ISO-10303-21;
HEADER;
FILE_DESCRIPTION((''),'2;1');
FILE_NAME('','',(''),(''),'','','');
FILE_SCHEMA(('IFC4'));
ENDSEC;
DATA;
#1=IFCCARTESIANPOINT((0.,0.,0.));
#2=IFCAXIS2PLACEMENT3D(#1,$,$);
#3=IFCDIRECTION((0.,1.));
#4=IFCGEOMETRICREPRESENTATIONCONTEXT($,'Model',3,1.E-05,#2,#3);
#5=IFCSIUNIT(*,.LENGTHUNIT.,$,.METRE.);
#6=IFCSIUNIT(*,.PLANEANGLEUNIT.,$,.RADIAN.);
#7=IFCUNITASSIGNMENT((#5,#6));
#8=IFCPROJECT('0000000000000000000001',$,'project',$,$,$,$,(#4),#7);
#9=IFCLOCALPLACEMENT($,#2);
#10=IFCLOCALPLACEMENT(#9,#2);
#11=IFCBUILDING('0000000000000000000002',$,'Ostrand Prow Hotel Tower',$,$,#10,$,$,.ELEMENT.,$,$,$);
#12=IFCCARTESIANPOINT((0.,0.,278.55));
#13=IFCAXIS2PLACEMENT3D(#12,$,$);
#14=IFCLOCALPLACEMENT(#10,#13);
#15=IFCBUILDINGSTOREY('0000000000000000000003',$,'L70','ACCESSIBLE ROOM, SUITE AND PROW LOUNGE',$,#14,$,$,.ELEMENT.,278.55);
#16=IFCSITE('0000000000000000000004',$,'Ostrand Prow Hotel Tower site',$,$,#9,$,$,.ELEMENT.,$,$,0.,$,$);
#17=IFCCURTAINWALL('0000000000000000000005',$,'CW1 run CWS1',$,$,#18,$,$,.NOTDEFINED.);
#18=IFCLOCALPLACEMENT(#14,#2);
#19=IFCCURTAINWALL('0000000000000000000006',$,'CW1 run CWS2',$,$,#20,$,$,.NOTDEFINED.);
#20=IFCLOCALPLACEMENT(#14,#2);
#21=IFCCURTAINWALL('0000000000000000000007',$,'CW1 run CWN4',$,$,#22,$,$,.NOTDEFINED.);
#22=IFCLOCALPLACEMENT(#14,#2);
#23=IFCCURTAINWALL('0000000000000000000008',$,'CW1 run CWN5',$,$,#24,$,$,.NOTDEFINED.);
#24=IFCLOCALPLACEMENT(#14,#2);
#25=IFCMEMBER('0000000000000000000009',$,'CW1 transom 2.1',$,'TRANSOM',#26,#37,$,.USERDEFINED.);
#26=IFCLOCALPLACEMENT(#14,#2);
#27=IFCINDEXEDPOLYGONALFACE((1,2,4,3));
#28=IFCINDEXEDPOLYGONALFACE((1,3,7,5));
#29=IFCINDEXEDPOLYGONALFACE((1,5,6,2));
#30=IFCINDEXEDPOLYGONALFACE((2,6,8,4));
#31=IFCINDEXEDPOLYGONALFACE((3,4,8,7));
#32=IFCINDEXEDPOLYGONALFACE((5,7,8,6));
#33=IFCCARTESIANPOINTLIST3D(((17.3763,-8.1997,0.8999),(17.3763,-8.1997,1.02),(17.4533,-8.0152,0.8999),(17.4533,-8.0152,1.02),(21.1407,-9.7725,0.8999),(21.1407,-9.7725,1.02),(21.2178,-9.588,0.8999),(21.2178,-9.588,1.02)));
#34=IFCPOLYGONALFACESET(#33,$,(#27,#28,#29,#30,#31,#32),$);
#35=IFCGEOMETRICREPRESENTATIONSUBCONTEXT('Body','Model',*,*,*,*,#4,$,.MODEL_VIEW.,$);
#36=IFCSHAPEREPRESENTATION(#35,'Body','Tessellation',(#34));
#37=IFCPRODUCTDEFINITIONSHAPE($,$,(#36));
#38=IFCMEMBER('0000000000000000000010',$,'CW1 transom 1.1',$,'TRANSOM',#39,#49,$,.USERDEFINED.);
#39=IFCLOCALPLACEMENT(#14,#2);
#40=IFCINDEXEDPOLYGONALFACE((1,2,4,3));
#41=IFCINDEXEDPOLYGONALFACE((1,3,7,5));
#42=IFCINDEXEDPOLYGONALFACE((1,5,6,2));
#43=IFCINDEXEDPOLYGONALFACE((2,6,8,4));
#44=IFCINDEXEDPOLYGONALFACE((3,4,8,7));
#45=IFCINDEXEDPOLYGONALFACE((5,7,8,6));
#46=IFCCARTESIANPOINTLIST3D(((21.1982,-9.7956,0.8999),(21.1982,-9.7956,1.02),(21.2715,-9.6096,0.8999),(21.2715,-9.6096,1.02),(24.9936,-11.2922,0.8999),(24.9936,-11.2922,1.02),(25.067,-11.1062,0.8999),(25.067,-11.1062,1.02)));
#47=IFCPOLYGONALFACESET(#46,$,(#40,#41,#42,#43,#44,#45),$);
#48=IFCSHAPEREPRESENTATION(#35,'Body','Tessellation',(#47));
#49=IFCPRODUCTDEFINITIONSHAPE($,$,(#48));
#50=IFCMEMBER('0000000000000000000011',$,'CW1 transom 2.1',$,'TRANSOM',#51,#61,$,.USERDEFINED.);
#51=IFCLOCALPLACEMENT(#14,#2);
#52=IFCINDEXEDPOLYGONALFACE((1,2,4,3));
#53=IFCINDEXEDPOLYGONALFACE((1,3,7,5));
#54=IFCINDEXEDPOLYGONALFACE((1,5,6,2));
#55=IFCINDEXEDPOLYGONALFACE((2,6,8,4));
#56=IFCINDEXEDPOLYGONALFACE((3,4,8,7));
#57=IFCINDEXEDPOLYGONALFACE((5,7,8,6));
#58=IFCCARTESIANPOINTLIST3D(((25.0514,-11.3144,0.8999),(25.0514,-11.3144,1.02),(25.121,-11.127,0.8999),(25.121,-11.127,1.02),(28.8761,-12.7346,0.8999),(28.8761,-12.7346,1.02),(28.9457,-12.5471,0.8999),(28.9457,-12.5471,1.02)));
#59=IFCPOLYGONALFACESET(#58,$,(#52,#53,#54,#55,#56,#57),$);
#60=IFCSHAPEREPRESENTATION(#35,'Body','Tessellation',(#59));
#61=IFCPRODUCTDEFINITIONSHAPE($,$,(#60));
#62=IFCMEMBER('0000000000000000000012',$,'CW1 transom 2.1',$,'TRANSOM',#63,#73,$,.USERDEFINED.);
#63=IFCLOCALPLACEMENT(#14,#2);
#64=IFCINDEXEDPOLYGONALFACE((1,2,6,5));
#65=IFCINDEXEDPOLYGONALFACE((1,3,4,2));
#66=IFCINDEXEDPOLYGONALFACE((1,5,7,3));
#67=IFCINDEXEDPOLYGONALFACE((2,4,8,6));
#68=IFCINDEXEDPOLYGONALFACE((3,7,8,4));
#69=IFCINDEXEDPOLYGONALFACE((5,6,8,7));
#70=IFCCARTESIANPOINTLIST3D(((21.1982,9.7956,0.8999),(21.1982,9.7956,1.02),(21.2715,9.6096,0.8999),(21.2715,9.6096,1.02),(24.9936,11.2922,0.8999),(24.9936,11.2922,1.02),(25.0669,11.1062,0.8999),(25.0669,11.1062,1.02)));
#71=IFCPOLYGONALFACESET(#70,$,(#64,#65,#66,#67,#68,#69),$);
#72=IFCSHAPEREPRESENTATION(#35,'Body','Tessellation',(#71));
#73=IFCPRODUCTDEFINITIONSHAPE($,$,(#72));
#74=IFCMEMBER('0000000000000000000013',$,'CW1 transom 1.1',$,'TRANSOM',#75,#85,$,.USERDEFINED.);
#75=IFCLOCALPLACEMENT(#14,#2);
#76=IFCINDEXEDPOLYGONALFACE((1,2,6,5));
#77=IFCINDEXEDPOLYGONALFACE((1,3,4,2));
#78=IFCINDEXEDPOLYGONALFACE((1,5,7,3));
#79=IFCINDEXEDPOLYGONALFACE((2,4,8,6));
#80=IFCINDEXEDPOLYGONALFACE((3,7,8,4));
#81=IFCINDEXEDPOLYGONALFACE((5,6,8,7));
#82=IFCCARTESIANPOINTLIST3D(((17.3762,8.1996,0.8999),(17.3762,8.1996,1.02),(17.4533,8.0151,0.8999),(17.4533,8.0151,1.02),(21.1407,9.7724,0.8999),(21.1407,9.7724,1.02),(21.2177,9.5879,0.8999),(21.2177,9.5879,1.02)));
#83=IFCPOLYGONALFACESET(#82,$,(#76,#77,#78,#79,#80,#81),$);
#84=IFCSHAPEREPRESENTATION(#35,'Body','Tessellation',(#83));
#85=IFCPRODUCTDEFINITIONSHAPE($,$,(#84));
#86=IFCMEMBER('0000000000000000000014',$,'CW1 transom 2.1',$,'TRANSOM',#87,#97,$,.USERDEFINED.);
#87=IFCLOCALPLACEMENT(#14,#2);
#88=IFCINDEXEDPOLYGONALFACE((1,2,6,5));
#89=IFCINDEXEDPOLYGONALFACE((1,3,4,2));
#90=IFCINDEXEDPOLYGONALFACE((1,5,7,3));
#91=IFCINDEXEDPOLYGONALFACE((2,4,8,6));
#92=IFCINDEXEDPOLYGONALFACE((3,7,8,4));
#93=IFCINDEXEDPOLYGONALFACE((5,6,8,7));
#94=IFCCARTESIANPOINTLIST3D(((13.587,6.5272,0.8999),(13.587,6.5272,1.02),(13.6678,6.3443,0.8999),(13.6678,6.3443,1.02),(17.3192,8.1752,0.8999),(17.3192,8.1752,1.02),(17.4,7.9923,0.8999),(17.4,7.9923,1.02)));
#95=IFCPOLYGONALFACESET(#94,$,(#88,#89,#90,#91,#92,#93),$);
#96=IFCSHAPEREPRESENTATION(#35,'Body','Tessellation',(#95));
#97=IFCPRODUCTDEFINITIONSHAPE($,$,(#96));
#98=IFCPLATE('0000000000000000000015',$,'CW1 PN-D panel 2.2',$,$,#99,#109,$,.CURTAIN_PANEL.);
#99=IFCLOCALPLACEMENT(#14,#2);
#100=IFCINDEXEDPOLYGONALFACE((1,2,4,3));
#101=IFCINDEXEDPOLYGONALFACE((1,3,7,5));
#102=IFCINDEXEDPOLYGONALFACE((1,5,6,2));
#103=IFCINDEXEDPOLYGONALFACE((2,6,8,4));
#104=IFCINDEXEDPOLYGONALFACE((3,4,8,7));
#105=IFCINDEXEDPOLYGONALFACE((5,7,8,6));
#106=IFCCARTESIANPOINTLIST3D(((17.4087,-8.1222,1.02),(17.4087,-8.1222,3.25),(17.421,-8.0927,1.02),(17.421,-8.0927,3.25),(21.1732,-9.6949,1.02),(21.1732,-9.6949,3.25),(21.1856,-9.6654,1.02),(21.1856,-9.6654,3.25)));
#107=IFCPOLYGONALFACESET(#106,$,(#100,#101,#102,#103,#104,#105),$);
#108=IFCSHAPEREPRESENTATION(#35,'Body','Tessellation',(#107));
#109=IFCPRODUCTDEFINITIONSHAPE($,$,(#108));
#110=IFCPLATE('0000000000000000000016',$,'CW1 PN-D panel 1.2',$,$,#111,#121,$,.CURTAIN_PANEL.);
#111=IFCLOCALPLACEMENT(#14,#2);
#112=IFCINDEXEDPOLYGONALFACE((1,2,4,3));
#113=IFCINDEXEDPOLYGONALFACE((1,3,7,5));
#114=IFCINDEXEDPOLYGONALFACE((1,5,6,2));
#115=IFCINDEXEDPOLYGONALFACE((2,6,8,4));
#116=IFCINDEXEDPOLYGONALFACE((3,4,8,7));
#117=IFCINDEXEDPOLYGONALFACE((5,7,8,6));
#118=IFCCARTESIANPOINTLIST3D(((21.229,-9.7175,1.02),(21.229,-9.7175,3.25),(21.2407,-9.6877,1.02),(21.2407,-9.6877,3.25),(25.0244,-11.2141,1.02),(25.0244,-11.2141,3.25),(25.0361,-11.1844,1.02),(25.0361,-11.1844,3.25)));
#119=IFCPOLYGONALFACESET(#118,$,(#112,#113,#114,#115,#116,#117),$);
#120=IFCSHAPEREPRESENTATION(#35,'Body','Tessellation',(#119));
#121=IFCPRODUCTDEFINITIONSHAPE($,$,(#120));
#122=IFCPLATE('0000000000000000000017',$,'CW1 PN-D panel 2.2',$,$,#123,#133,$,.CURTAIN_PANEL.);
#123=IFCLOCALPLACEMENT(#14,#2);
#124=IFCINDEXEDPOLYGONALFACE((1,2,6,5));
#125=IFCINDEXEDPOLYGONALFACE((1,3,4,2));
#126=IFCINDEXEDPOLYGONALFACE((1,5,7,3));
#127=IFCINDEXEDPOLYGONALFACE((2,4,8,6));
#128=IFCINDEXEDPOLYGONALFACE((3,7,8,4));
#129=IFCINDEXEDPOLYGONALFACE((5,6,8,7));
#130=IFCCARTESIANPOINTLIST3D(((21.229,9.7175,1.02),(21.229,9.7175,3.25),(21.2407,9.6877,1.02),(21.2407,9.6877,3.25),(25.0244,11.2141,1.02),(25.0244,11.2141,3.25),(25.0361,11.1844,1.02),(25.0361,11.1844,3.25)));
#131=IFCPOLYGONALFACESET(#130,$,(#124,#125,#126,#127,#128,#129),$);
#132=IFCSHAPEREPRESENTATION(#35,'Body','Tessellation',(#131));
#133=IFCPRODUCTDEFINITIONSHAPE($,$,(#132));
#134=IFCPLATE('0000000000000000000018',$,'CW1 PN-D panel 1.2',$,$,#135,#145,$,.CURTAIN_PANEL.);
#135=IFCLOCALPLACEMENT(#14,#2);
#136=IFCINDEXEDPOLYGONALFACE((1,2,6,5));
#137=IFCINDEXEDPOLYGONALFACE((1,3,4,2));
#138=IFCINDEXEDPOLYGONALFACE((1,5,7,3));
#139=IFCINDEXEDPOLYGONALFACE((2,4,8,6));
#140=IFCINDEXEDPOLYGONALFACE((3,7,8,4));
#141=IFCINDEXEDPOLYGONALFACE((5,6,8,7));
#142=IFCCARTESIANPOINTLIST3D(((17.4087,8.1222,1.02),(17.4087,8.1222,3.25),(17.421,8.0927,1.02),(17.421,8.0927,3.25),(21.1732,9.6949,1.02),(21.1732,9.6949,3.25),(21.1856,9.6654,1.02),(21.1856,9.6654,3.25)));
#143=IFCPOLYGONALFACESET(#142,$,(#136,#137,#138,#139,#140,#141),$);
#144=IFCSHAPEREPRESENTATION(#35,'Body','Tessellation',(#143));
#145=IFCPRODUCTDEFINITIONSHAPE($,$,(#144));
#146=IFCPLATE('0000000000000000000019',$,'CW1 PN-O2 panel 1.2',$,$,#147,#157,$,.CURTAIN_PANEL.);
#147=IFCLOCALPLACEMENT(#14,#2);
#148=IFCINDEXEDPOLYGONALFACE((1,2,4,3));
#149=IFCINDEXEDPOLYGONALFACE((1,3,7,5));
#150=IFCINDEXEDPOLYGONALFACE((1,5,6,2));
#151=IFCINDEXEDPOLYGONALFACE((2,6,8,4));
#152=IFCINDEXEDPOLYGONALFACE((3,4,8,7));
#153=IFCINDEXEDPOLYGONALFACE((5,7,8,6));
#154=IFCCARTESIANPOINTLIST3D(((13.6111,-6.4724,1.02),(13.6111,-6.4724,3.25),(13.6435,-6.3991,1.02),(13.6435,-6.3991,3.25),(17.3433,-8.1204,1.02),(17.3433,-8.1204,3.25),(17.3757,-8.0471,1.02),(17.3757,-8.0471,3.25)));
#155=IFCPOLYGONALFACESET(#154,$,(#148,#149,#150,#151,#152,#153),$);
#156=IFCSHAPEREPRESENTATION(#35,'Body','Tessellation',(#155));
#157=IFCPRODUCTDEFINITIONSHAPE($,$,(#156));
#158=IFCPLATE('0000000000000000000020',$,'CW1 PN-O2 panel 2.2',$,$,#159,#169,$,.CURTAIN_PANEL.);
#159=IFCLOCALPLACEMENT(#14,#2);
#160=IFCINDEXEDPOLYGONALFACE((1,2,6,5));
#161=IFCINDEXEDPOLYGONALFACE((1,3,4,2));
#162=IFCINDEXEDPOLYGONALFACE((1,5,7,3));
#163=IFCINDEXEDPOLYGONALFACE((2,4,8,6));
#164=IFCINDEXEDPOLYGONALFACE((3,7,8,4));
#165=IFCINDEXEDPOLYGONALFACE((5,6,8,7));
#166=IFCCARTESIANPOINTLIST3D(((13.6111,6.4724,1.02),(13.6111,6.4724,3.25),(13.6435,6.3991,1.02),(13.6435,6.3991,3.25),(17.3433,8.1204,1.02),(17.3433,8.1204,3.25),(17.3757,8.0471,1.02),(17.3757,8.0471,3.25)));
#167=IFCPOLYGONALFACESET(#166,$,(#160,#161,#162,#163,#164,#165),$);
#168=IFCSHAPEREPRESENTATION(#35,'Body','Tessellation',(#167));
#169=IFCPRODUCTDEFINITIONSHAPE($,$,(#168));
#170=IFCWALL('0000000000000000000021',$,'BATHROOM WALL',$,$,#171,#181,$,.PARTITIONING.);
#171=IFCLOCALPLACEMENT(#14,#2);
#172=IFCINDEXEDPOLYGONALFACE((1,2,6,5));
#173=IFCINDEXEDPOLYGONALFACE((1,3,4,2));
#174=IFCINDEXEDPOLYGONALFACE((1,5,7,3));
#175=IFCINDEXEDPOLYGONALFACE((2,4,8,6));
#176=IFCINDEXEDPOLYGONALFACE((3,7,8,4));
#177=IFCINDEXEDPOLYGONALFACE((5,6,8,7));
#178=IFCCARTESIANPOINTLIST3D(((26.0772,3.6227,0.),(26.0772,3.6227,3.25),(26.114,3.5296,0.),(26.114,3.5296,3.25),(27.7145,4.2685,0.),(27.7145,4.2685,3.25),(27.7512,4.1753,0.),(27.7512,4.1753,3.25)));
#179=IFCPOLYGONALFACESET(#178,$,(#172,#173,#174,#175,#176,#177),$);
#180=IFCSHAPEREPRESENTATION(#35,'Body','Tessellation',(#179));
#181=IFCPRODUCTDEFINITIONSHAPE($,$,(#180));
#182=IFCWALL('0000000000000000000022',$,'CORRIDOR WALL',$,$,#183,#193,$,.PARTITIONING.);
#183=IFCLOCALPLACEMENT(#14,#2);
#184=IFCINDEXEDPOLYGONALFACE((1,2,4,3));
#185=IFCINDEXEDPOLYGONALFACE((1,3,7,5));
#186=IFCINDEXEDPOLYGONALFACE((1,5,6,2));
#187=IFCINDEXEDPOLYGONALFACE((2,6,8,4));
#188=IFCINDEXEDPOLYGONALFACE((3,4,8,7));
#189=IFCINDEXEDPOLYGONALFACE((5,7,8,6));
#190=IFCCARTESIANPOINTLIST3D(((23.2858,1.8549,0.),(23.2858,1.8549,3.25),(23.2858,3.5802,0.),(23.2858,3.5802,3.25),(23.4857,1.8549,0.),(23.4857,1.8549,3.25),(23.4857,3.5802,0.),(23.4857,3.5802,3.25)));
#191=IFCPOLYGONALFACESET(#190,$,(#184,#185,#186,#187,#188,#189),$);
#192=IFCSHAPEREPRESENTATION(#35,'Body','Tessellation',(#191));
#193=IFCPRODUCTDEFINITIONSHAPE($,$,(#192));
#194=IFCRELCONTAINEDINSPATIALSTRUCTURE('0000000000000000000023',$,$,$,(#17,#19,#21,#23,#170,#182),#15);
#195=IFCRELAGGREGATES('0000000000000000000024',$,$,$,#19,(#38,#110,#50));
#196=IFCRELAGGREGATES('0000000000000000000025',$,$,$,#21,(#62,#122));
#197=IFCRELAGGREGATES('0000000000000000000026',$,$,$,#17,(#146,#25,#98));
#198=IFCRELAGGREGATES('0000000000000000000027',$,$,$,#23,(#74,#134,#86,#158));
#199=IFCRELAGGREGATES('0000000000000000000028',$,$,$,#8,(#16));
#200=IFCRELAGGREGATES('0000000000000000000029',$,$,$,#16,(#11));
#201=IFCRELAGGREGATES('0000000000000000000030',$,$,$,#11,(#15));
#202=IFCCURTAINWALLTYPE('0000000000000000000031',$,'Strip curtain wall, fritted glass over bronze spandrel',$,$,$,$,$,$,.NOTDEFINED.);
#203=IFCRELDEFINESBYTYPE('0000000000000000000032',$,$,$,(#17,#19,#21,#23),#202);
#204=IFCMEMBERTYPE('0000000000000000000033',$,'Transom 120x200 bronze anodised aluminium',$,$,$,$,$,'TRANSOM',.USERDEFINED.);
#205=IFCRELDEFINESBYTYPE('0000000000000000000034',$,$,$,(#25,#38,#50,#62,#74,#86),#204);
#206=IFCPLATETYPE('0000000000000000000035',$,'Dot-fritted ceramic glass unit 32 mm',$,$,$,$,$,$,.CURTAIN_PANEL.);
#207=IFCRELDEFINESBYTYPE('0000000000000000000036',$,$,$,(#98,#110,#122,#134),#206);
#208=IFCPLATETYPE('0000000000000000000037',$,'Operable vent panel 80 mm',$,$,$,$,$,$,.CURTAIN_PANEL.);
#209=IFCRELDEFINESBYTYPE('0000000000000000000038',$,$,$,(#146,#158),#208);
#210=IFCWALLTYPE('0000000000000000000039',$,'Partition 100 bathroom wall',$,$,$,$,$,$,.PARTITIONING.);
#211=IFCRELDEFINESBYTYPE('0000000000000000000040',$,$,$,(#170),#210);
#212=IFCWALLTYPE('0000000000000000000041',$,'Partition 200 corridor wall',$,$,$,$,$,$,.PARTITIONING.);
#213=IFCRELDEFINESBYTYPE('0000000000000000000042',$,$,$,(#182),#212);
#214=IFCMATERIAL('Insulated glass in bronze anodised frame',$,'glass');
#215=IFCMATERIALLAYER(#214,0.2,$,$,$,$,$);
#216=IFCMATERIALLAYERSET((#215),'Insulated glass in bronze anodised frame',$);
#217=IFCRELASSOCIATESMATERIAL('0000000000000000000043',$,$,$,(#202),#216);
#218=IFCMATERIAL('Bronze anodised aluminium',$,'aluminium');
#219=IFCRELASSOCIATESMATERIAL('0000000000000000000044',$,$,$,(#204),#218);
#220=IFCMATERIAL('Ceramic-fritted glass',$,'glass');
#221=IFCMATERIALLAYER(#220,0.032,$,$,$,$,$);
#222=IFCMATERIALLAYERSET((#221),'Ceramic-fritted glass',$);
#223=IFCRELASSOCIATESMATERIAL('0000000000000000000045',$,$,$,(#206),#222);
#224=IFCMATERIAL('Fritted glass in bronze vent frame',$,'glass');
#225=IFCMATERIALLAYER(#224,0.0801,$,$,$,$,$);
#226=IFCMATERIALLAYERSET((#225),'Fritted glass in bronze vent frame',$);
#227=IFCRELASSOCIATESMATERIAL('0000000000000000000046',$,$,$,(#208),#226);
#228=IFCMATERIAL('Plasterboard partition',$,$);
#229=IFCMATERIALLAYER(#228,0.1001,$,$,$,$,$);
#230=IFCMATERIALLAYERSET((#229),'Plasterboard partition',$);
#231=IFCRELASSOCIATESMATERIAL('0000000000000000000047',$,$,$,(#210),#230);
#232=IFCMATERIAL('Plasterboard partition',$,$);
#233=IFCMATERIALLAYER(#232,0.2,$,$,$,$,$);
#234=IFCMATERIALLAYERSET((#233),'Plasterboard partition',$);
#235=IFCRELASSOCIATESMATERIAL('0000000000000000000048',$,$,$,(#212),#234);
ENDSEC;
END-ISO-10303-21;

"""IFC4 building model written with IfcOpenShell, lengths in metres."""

from ifc_helpers import new_model, si_unit, direction, frame, frame_2d, origin, origin_2d, place, context, subcontext, project, spatial, rectangle, extrude, material, layer, layer_set, material_profile, profile_set, type_object, element, aggregate, save


model = new_model("IFC4")

# Units and contexts
model_context = context("Model", 3, precision=1e-05, world=origin(), true_north=direction((0.0, 1.0)))
body_context = subcontext(model_context, "Body", "Model", "MODEL_VIEW")
ifc_project = project(units=[si_unit("LENGTHUNIT", "METRE"), si_unit("PLANEANGLEUNIT", "RADIAN")], contexts=[model_context])

# Site, building, storey
site_placement = place(None, origin())
site = spatial("IfcSite", under=ifc_project, at=site_placement, Name="Ostrand Prow Hotel Tower site", CompositionType="ELEMENT", RefElevation=0.0)
building_placement = place(site_placement, origin())
building = spatial("IfcBuilding", under=site, at=building_placement, Name="Ostrand Prow Hotel Tower", CompositionType="ELEMENT")
storey_placement = place(building_placement, frame((0.0, 0.0, 278.55)))
storey = spatial("IfcBuildingStorey", under=building, at=storey_placement, Name="L70", Description="ACCESSIBLE ROOM, SUITE AND PROW LOUNGE", CompositionType="ELEMENT", Elevation=278.55)

# Curtain wall
ifc_material_1 = material(Name="Insulated glass in bronze anodised frame", Category="glass")
ifc_layer_1 = layer(ifc_material_1, 0.2)
ifc_layer_set_1 = layer_set([ifc_layer_1], Name="Insulated glass in bronze anodised frame")
curtain_wall_type = type_object("IfcCurtainWallType", Name="Strip curtain wall, fritted glass over bronze spandrel", PredefinedType="NOTDEFINED", material=ifc_layer_set_1)
curtain_wall_1_placement = place(storey_placement, origin())
curtain_wall_1 = element("IfcCurtainWall", 1, at=curtain_wall_1_placement, inside=storey, type_object=curtain_wall_type, Name="CW1 run CWS1", PredefinedType="NOTDEFINED")

# Curtain wall
curtain_wall_2_placement = place(storey_placement, origin())
curtain_wall_2 = element("IfcCurtainWall", 2, at=curtain_wall_2_placement, inside=storey, type_object=curtain_wall_type, Name="CW1 run CWS2", PredefinedType="NOTDEFINED")

# Curtain wall
curtain_wall_3_placement = place(storey_placement, origin())
curtain_wall_3 = element("IfcCurtainWall", 3, at=curtain_wall_3_placement, inside=storey, type_object=curtain_wall_type, Name="CW1 run CWN4", PredefinedType="NOTDEFINED")

# Curtain wall
curtain_wall_4_placement = place(storey_placement, origin())
curtain_wall_4 = element("IfcCurtainWall", 4, at=curtain_wall_4_placement, inside=storey, type_object=curtain_wall_type, Name="CW1 run CWN5", PredefinedType="NOTDEFINED")

# Members
ifc_material_2 = material(Name="Bronze anodised aluminium", Category="aluminium")
ifc_material_profile_1 = material_profile(ifc_material_2, rectangle(XDim=0.2, YDim=0.1201, at=origin_2d()), Name="Transom 120x200 bronze anodised aluminium")
ifc_profile_set_1 = profile_set([ifc_material_profile_1], Name="Bronze anodised aluminium")
member_type_1 = type_object("IfcMemberType", Name="Transom 120x200 bronze anodised aluminium", ElementType="TRANSOM", PredefinedType="USERDEFINED", material=ifc_profile_set_1)
member_1_placement = place(storey_placement, frame((17.4148, -8.1074, 0.96), z_axis=(0.922706, -0.385503, 0.0), x_axis=(0.385503, 0.922706, 0.0)))
member_1 = element("IfcMember", 5, at=member_1_placement, type_object=member_type_1, Name="CW1 transom 2.1", ObjectType="TRANSOM", PredefinedType="USERDEFINED", context=body_context, shape_type="SweptSolid", body=[
    extrude(rectangle(XDim=0.2, YDim=0.1201, at=origin_2d()), origin(), (0.0, 0.0, 1.0), 4.0798),
])
member_2_placement = place(storey_placement, frame((21.2349, -9.7026, 0.96), z_axis=(0.93029, -0.366826, 0.0), x_axis=(0.366826, 0.93029, 0.0)))
member_2 = element("IfcMember", 6, at=member_2_placement, type_object=member_type_1, Name="CW1 transom 1.1", ObjectType="TRANSOM", PredefinedType="USERDEFINED", context=body_context, shape_type="SweptSolid", body=[
    extrude(rectangle(XDim=0.2, YDim=0.1201, at=origin_2d()), origin(), (0.0, 0.0, 1.0), 4.0798),
])
member_3_placement = place(storey_placement, frame((25.0862, -11.2207, 0.96), z_axis=(0.93746, -0.348092, 0.0), x_axis=(0.348092, 0.93746, 0.0)))
member_3 = element("IfcMember", 7, at=member_3_placement, type_object=member_type_1, Name="CW1 transom 2.1", ObjectType="TRANSOM", PredefinedType="USERDEFINED", context=body_context, shape_type="SweptSolid", body=[
    extrude(rectangle(XDim=0.2, YDim=0.1201, at=origin_2d()), origin(), (0.0, 0.0, 1.0), 4.0798),
])
member_4_placement = place(storey_placement, frame((25.0303, 11.1992, 0.96), z_axis=(-0.93029, -0.366826, 0.0), x_axis=(0.366826, -0.93029, 0.0)))
member_4 = element("IfcMember", 8, at=member_4_placement, type_object=member_type_1, Name="CW1 transom 2.1", ObjectType="TRANSOM", PredefinedType="USERDEFINED", context=body_context, shape_type="SweptSolid", body=[
    extrude(rectangle(XDim=0.2, YDim=0.1201, at=origin_2d()), origin(), (0.0, 0.0, 1.0), 4.0798),
])
member_5_placement = place(storey_placement, frame((21.1792, 9.6802, 0.96), z_axis=(-0.922706, -0.385503, 0.0), x_axis=(0.385503, -0.922706, 0.0)))
member_5 = element("IfcMember", 9, at=member_5_placement, type_object=member_type_1, Name="CW1 transom 1.1", ObjectType="TRANSOM", PredefinedType="USERDEFINED", context=body_context, shape_type="SweptSolid", body=[
    extrude(rectangle(XDim=0.2, YDim=0.1201, at=origin_2d()), origin(), (0.0, 0.0, 1.0), 4.0798),
])
member_6_placement = place(storey_placement, frame((17.3596, 8.0837, 0.96), z_axis=(-0.914791, -0.403927, 0.0), x_axis=(0.403927, -0.914791, 0.0)))
member_6 = element("IfcMember", 10, at=member_6_placement, type_object=member_type_1, Name="CW1 transom 2.1", ObjectType="TRANSOM", PredefinedType="USERDEFINED", context=body_context, shape_type="SweptSolid", body=[
    extrude(rectangle(XDim=0.2, YDim=0.1201, at=origin_2d()), origin(), (0.0, 0.0, 1.0), 4.0798),
])

# Plates
ifc_material_3 = material(Name="Ceramic-fritted glass", Category="glass")
ifc_layer_2 = layer(ifc_material_3, 0.032)
ifc_layer_set_2 = layer_set([ifc_layer_2], Name="Ceramic-fritted glass")
plate_type_1 = type_object("IfcPlateType", Name="Dot-fritted ceramic glass unit 32 mm", PredefinedType="CURTAIN_PANEL", material=ifc_layer_set_2)
plate_1_placement = place(storey_placement, frame((19.2971, -8.8938, 1.02), z_axis=(0.0, 0.0, 1.0), x_axis=(0.92272, -0.385471, 0.0)))
plate_1 = element("IfcPlate", 11, at=plate_1_placement, type_object=plate_type_1, Name="CW1 PN-D panel 2.2", PredefinedType="CURTAIN_PANEL", context=body_context, shape_type="SweptSolid", body=[
    extrude(rectangle(XDim=4.0798, YDim=0.032, at=origin_2d()), origin(), (0.0, 0.0, 1.0), 2.23),
])
plate_2_placement = place(storey_placement, frame((23.1326, -10.4509, 1.02), z_axis=(0.0, 0.0, 1.0), x_axis=(0.930282, -0.366845, 0.0)))
plate_2 = element("IfcPlate", 12, at=plate_2_placement, type_object=plate_type_1, Name="CW1 PN-D panel 1.2", PredefinedType="CURTAIN_PANEL", context=body_context, shape_type="SweptSolid", body=[
    extrude(rectangle(XDim=4.0798, YDim=0.032, at=origin_2d()), origin(), (0.0, 0.0, 1.0), 2.23),
])
aggregate(curtain_wall_2, [member_2, plate_2, member_3])
plate_3_placement = place(storey_placement, frame((23.1326, 10.4509, 1.02), z_axis=(0.0, 0.0, 1.0), x_axis=(-0.930282, -0.366845, 0.0)))
plate_3 = element("IfcPlate", 13, at=plate_3_placement, type_object=plate_type_1, Name="CW1 PN-D panel 2.2", PredefinedType="CURTAIN_PANEL", context=body_context, shape_type="SweptSolid", body=[
    extrude(rectangle(XDim=4.0798, YDim=0.032, at=origin_2d()), origin(), (0.0, 0.0, 1.0), 2.23),
])
aggregate(curtain_wall_3, [member_4, plate_3])
plate_4_placement = place(storey_placement, frame((19.2971, 8.8938, 1.02), z_axis=(0.0, 0.0, 1.0), x_axis=(-0.92272, -0.385471, 0.0)))
plate_4 = element("IfcPlate", 14, at=plate_4_placement, type_object=plate_type_1, Name="CW1 PN-D panel 1.2", PredefinedType="CURTAIN_PANEL", context=body_context, shape_type="SweptSolid", body=[
    extrude(rectangle(XDim=4.0798, YDim=0.032, at=origin_2d()), origin(), (0.0, 0.0, 1.0), 2.23),
])
ifc_material_4 = material(Name="Fritted glass in bronze vent frame", Category="glass")
ifc_layer_3 = layer(ifc_material_4, 0.0801)
ifc_layer_set_3 = layer_set([ifc_layer_3], Name="Fritted glass in bronze vent frame")
plate_type_2 = type_object("IfcPlateType", Name="Operable vent panel 80 mm", PredefinedType="CURTAIN_PANEL", material=ifc_layer_set_3)
plate_5_placement = place(storey_placement, frame((15.4934, -7.2598, 1.02), z_axis=(0.0, 0.0, 1.0), x_axis=(0.914786, -0.40394, 0.0)))
plate_5 = element("IfcPlate", 15, at=plate_5_placement, type_object=plate_type_2, Name="CW1 PN-O2 panel 1.2", PredefinedType="CURTAIN_PANEL", context=body_context, shape_type="SweptSolid", body=[
    extrude(rectangle(XDim=4.0798, YDim=0.0801, at=origin_2d()), origin(), (0.0, 0.0, 1.0), 2.23),
])
aggregate(curtain_wall_1, [plate_5, member_1, plate_1])
plate_6_placement = place(storey_placement, frame((15.4934, 7.2598, 1.02), z_axis=(0.0, 0.0, 1.0), x_axis=(-0.914786, -0.40394, 0.0)))
plate_6 = element("IfcPlate", 16, at=plate_6_placement, type_object=plate_type_2, Name="CW1 PN-O2 panel 2.2", PredefinedType="CURTAIN_PANEL", context=body_context, shape_type="SweptSolid", body=[
    extrude(rectangle(XDim=4.0798, YDim=0.0801, at=origin_2d()), origin(), (0.0, 0.0, 1.0), 2.23),
])
aggregate(curtain_wall_4, [member_5, plate_4, member_6, plate_6])

# Walls
ifc_material_5 = material(Name="Plasterboard partition")
ifc_layer_4 = layer(ifc_material_5, 0.1001)
ifc_layer_set_4 = layer_set([ifc_layer_4], Name="Plasterboard partition")
wall_type_1 = type_object("IfcWallType", Name="Partition 100 bathroom wall", PredefinedType="PARTITIONING", material=ifc_layer_set_4)
wall_1_placement = place(storey_placement, frame((26.0957, 3.5762, 0.0), z_axis=(0.0, 0.0, 1.0), x_axis=(0.930255, 0.366914, 0.0)))
element("IfcWall", 17, at=wall_1_placement, inside=storey, type_object=wall_type_1, Name="BATHROOM WALL", PredefinedType="PARTITIONING", context=body_context, shape_type="SweptSolid", body=[
    extrude(rectangle(XDim=1.76, YDim=0.1001, at=frame_2d((0.8799, 0.0))), origin(), (0.0, 0.0, 1.0), 3.25),
])
ifc_material_6 = material(Name="Plasterboard partition")
ifc_layer_5 = layer(ifc_material_6, 0.2)
ifc_layer_set_5 = layer_set([ifc_layer_5], Name="Plasterboard partition")
wall_type_2 = type_object("IfcWallType", Name="Partition 200 corridor wall", PredefinedType="PARTITIONING", material=ifc_layer_set_5)
wall_2_placement = place(storey_placement, frame((23.3857, 3.5803, 0.0), z_axis=(0.0, 0.0, 1.0), x_axis=(0.0, -1.0, 0.0)))
element("IfcWall", 18, at=wall_2_placement, inside=storey, type_object=wall_type_2, Name="CORRIDOR WALL", PredefinedType="PARTITIONING", context=body_context, shape_type="SweptSolid", body=[
    extrude(rectangle(XDim=1.7253, YDim=0.2, at=frame_2d((0.8628, 0.0))), origin(), (0.0, 0.0, 1.0), 3.25),
])

save(model, "model.ifc")
